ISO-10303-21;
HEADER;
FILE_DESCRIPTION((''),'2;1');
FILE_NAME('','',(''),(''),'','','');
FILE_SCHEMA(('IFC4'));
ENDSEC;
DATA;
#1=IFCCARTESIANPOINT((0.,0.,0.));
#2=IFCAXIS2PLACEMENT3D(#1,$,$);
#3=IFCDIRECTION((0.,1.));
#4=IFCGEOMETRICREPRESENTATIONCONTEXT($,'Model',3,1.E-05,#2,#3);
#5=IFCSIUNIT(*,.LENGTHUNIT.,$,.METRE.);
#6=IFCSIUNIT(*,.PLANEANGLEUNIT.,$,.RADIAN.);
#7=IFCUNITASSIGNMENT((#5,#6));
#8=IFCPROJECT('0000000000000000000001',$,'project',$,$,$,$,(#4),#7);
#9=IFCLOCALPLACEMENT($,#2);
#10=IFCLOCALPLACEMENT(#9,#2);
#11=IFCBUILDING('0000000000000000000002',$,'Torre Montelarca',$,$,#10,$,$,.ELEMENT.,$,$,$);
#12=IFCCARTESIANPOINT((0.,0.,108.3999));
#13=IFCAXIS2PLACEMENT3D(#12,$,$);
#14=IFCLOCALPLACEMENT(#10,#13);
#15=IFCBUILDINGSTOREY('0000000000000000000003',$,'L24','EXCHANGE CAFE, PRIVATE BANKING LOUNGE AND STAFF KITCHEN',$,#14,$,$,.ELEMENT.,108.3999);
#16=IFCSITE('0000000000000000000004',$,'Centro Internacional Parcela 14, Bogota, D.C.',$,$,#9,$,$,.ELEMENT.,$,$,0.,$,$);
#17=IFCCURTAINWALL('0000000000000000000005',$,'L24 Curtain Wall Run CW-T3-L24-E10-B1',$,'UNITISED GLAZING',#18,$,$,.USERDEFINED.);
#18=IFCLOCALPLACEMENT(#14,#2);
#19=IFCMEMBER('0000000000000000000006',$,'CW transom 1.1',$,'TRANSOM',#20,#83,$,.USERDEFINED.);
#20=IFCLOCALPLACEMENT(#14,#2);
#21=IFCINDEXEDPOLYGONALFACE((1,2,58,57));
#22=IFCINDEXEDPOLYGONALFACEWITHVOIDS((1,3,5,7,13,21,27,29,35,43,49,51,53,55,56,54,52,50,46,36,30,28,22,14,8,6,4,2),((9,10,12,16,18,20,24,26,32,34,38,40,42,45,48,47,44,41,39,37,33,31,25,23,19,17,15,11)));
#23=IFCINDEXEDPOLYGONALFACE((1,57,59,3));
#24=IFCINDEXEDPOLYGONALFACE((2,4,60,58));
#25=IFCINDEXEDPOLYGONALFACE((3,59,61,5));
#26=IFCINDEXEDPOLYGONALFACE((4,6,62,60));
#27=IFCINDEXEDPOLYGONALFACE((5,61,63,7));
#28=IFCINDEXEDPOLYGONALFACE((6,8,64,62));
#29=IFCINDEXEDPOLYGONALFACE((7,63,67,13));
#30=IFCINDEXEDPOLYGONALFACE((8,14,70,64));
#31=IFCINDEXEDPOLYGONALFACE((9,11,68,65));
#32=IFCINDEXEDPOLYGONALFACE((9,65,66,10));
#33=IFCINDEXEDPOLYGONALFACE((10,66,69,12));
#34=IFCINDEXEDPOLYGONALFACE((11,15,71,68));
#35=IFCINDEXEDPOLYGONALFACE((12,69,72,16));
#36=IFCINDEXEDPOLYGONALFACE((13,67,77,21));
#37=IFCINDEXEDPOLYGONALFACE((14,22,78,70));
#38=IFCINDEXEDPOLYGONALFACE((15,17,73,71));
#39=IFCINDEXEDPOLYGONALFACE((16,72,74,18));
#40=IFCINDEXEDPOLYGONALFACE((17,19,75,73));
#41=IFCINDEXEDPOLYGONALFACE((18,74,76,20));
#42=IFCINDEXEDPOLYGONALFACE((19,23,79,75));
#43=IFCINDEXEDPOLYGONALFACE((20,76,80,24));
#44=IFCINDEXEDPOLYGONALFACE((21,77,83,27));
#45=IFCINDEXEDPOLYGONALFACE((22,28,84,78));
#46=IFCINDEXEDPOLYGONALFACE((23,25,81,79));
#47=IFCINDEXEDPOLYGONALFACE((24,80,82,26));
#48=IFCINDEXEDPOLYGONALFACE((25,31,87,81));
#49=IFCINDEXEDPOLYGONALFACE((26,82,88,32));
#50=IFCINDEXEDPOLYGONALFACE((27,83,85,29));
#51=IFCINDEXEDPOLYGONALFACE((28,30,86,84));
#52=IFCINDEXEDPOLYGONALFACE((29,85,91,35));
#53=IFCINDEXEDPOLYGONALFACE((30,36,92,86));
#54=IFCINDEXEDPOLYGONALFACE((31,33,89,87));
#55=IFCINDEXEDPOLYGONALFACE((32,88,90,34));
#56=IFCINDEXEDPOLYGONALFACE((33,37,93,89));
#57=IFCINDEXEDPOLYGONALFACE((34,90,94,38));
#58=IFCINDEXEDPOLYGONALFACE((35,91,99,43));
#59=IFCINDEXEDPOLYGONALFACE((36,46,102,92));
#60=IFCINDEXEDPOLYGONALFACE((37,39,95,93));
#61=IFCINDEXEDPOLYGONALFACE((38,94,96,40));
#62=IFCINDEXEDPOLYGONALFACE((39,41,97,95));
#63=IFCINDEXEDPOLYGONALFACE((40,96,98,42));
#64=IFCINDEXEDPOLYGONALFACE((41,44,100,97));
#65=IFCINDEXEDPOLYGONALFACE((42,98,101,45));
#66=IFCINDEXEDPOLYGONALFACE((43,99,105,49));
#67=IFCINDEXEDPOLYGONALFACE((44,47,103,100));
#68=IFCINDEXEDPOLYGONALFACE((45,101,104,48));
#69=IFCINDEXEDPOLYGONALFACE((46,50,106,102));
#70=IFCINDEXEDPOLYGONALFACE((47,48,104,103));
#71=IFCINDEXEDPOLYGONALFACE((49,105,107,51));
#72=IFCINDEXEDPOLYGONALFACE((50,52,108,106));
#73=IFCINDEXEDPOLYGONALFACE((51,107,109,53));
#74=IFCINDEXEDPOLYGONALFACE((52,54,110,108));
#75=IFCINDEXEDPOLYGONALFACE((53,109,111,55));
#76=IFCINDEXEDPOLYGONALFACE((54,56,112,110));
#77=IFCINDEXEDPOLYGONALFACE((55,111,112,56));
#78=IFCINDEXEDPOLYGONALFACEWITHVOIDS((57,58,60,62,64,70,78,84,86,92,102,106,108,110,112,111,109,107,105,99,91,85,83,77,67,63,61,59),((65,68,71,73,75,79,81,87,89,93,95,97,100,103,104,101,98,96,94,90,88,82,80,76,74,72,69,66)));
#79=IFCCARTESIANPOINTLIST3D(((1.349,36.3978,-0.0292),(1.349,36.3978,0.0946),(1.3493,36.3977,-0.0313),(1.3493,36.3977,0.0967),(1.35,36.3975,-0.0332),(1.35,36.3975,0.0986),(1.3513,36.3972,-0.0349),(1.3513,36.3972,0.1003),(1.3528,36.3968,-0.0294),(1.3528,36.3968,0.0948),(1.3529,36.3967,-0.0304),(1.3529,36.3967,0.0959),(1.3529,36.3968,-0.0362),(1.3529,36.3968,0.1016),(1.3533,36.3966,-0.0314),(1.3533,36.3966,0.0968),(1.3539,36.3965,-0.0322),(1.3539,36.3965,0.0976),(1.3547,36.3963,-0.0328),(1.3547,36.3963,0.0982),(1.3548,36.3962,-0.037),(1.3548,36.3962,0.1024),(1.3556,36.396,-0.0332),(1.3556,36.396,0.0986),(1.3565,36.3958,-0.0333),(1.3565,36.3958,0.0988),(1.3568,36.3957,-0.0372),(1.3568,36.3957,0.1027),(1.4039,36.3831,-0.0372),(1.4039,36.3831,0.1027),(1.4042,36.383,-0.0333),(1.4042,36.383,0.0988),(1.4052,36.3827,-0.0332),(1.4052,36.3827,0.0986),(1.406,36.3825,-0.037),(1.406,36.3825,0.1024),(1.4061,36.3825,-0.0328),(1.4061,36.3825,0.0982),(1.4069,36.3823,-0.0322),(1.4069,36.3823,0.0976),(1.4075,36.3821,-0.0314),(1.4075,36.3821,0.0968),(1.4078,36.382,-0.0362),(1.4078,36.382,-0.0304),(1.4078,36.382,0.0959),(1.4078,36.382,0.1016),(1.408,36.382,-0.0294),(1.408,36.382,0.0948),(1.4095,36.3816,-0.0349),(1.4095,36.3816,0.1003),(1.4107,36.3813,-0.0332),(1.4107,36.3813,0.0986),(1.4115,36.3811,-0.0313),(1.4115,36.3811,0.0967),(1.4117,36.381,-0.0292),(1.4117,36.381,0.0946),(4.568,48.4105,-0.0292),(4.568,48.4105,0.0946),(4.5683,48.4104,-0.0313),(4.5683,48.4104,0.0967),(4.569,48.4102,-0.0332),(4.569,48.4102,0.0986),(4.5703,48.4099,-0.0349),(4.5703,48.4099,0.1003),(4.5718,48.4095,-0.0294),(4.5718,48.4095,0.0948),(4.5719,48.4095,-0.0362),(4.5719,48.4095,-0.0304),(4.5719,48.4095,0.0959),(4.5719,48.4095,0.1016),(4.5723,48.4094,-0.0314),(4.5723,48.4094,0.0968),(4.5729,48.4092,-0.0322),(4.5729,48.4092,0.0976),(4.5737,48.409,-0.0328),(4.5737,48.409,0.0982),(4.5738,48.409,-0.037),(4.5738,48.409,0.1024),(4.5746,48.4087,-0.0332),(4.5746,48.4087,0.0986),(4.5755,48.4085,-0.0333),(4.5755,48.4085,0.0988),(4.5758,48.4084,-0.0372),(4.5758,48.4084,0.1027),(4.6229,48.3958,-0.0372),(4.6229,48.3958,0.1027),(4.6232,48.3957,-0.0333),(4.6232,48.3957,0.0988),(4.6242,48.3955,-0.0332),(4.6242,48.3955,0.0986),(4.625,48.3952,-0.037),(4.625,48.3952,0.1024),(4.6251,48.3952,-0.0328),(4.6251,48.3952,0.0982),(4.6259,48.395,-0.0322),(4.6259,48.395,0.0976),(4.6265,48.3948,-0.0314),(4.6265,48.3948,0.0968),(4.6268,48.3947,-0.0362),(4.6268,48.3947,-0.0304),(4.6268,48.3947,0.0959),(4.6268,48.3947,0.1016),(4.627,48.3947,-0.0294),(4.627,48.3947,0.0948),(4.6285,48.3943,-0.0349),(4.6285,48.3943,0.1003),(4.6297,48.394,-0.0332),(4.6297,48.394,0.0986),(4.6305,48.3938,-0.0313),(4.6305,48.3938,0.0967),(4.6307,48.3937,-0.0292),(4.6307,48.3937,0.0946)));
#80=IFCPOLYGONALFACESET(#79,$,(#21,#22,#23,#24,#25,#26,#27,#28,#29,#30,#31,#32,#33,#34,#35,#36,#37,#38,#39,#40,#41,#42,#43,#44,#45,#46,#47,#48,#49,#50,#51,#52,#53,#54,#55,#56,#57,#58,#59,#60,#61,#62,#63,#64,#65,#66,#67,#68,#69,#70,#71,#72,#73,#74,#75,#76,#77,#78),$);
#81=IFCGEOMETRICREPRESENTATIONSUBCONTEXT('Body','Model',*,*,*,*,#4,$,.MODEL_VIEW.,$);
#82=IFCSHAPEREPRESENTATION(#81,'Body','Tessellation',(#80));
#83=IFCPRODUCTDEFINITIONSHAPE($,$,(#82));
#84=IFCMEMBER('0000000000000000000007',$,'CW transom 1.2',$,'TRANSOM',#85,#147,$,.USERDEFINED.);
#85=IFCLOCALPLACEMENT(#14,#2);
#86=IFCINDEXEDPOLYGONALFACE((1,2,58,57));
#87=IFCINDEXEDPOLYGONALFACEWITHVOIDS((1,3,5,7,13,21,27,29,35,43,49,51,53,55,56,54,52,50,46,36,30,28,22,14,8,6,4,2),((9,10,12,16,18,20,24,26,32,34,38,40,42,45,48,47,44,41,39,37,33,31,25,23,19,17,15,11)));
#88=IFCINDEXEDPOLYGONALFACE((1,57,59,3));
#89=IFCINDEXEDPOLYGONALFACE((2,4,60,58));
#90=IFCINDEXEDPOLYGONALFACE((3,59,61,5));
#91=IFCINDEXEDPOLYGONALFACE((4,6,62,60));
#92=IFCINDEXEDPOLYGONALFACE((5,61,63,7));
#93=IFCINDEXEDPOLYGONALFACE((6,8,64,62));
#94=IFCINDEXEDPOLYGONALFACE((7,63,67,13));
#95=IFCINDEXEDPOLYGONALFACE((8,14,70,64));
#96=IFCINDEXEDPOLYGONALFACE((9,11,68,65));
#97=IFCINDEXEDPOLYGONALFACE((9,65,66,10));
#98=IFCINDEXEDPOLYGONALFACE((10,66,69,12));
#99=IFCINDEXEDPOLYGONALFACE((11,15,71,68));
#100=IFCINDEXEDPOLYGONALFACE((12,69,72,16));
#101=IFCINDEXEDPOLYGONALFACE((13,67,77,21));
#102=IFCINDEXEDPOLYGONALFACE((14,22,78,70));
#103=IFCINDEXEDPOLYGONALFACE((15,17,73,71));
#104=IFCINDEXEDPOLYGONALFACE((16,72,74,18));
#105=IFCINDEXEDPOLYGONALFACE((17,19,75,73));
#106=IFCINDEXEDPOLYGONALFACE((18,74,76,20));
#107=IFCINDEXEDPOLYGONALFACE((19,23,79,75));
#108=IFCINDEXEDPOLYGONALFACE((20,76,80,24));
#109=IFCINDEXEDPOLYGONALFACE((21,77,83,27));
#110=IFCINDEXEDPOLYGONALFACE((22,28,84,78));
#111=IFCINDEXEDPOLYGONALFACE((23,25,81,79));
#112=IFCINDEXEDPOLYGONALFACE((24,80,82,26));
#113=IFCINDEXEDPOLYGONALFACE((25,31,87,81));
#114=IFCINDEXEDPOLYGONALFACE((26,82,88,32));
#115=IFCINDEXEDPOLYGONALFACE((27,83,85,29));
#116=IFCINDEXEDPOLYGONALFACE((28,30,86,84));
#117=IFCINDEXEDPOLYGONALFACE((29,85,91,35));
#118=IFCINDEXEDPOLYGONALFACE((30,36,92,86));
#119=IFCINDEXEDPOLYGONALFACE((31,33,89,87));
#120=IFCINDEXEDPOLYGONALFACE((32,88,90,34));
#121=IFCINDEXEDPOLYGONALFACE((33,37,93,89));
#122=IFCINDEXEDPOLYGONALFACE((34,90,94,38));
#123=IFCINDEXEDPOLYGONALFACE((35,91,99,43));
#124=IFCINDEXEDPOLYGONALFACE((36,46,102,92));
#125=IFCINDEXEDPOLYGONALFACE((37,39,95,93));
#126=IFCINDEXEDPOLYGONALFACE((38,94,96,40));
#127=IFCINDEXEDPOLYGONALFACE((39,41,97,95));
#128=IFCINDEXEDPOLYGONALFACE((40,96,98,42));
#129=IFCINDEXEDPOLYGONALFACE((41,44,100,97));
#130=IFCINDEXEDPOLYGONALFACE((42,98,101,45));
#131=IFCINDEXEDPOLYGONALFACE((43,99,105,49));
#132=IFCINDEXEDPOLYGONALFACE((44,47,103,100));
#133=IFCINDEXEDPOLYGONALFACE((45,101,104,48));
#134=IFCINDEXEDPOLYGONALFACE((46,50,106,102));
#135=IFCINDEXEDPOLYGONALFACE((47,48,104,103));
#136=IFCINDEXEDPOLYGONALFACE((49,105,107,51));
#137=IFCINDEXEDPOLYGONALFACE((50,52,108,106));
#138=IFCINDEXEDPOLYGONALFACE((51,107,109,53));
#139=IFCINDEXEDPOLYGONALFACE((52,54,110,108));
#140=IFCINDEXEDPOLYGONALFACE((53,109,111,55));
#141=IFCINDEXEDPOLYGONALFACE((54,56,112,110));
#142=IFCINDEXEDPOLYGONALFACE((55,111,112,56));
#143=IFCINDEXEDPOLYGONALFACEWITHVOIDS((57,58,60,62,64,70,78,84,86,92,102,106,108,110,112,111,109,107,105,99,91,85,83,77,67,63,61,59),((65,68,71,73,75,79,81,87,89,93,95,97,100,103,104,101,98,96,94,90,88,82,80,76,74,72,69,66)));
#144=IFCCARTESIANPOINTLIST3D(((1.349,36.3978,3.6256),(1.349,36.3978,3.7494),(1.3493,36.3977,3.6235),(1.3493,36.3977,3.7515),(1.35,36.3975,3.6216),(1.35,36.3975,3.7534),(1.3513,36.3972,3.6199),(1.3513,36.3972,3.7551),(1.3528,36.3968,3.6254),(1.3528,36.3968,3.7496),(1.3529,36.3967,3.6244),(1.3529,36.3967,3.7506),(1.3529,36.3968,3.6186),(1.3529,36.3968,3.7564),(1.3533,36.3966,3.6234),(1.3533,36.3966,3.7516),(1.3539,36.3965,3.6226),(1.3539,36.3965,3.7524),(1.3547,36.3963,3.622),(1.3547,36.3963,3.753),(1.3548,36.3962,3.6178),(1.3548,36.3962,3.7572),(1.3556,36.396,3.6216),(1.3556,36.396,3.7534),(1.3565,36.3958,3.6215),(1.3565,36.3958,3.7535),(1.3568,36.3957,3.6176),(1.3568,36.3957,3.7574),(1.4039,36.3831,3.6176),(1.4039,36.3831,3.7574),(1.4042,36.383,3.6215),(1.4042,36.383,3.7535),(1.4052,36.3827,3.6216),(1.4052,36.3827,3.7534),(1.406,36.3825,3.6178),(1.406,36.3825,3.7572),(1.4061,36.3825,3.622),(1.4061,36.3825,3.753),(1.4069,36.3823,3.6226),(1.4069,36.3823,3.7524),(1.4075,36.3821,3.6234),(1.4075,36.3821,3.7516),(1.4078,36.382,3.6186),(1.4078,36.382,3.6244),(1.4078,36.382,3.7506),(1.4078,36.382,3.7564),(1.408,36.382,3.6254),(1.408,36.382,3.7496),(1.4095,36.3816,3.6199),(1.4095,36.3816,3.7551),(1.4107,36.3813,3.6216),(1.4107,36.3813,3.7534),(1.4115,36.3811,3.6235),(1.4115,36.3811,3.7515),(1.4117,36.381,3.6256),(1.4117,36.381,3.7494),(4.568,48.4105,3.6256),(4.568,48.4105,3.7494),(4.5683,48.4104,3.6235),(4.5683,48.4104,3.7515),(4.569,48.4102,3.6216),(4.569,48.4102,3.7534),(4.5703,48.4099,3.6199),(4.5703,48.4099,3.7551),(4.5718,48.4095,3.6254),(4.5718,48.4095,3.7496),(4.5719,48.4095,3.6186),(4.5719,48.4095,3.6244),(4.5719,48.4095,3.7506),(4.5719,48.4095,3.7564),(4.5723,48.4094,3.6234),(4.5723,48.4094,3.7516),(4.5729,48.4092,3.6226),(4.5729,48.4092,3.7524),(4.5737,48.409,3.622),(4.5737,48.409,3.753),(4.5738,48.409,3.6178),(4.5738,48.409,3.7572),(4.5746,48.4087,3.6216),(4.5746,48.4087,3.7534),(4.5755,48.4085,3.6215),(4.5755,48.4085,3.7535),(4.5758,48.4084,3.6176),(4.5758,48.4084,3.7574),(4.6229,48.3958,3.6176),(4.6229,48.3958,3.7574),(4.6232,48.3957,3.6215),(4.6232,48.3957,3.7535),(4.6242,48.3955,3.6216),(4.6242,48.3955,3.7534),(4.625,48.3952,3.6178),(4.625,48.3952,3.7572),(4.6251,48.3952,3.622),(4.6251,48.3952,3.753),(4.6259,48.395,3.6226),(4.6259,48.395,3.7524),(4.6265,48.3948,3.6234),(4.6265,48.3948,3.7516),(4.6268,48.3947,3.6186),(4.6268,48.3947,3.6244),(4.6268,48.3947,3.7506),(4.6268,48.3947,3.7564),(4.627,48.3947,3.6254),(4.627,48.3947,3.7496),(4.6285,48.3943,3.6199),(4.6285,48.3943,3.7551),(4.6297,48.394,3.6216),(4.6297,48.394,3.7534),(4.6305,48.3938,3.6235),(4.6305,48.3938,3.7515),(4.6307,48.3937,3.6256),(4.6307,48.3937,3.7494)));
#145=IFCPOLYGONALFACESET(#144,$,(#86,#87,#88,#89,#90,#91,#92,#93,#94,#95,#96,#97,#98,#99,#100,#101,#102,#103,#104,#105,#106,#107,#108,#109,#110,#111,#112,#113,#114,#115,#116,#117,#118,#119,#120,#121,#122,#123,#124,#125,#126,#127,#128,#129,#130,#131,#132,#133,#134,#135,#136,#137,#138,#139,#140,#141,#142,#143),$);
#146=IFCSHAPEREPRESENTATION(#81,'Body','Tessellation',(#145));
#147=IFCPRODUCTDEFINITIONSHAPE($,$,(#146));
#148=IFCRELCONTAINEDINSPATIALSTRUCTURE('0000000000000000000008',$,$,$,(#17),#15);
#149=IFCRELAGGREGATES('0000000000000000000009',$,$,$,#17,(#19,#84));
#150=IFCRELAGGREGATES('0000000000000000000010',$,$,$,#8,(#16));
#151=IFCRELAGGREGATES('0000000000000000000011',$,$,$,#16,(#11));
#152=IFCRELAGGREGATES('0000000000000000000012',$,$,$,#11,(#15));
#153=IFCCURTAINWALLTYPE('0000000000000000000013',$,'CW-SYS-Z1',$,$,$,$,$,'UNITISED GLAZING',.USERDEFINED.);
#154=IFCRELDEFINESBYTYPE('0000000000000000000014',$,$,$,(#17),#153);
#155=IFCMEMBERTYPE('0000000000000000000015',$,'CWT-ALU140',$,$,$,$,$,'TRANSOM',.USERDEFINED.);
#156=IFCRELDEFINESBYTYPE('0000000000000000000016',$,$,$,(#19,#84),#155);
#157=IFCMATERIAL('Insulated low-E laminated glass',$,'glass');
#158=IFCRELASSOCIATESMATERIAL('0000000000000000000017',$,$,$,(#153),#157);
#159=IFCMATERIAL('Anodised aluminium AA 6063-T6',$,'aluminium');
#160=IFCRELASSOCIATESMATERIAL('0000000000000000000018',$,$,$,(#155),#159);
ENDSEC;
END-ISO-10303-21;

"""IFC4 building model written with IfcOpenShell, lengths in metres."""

from ifc_helpers import new_model, si_unit, direction, frame, origin, origin_2d, place, context, subcontext, project, spatial, hollow_rectangle, extrude, source, transform, mapped, material, material_profile, profile_set, type_object, element, aggregate, save


model = new_model("IFC4")

# Units and contexts
model_context = context("Model", 3, precision=1e-05, world=origin(), true_north=direction((0.0, 1.0)))
body_context = subcontext(model_context, "Body", "Model", "MODEL_VIEW")
ifc_project = project(units=[si_unit("LENGTHUNIT", "METRE"), si_unit("PLANEANGLEUNIT", "RADIAN")], contexts=[model_context])

# Site, building, storey
site_placement = place(None, origin())
site = spatial("IfcSite", under=ifc_project, at=site_placement, Name="Centro Internacional Parcela 14, Bogota, D.C.", CompositionType="ELEMENT", RefElevation=0.0)
building_placement = place(site_placement, origin())
building = spatial("IfcBuilding", under=site, at=building_placement, Name="Torre Montelarca", CompositionType="ELEMENT")
storey_placement = place(building_placement, frame((0.0, 0.0, 108.3999)))
storey = spatial("IfcBuildingStorey", under=building, at=storey_placement, Name="L24", Description="EXCHANGE CAFE, PRIVATE BANKING LOUNGE AND STAFF KITCHEN", CompositionType="ELEMENT", Elevation=108.3999)

# Curtain wall, members
ifc_material_1 = material(Name="Insulated low-E laminated glass", Category="glass")
curtain_wall_type = type_object("IfcCurtainWallType", Name="CW-SYS-Z1", ElementType="UNITISED GLAZING", PredefinedType="USERDEFINED", material=ifc_material_1)
ifc_material_2 = material(Name="Anodised aluminium AA 6063-T6", Category="aluminium")
ifc_material_profile_1 = material_profile(ifc_material_2, hollow_rectangle(XDim=0.0649, YDim=0.1399, WallThickness=0.0039, InnerFilletRadius=0.0039, OuterFilletRadius=0.0081, at=origin_2d()), Name="ALU65X140X4", Category="aluminium")
ifc_profile_set_1 = profile_set([ifc_material_profile_1], Name="Anodised aluminium AA 6063-T6")
member_type_1 = type_object("IfcMemberType", Name="CWT-ALU140", ElementType="TRANSOM", PredefinedType="USERDEFINED", material=ifc_profile_set_1)
curtain_wall_1_placement = place(storey_placement, origin())
curtain_wall_1 = element("IfcCurtainWall", 1, at=curtain_wall_1_placement, inside=storey, type_object=curtain_wall_type, Name="L24 Curtain Wall Run CW-T3-L24-E10-B1", ObjectType="UNITISED GLAZING", PredefinedType="USERDEFINED")
shared_shape_1 = source(origin(), body_context, "Body", "SweptSolid", [
    extrude(hollow_rectangle(XDim=0.0649, YDim=0.1399, WallThickness=0.0039, InnerFilletRadius=0.0039, OuterFilletRadius=0.0081, at=origin_2d()), origin(), (0.0, 0.0, 1.0), 12.4365),
])
member_1_placement = place(storey_placement, frame((4.5994, 48.4021, 0.0327), z_axis=(-0.258834, -0.965922, 0.0), x_axis=(0.965922, -0.258834, 0.0)))
member_1 = element("IfcMember", 2, at=member_1_placement, type_object=member_type_1, Name="CW transom 1.1", ObjectType="TRANSOM", PredefinedType="USERDEFINED", context=body_context, shape_type="MappedRepresentation", body=[
    mapped(shared_shape_1, transform((0.0, 0.0, 0.0), scale=1.0)),
])
member_2_placement = place(storey_placement, frame((4.5994, 48.4021, 3.6875), z_axis=(-0.258834, -0.965922, 0.0), x_axis=(0.965922, -0.258834, 0.0)))
member_2 = element("IfcMember", 3, at=member_2_placement, type_object=member_type_1, Name="CW transom 1.2", ObjectType="TRANSOM", PredefinedType="USERDEFINED", context=body_context, shape_type="MappedRepresentation", body=[
    mapped(shared_shape_1, transform((0.0, 0.0, 0.0), scale=1.0)),
])

aggregate(curtain_wall_1, [member_1, member_2])

save(model, "model.ifc")
